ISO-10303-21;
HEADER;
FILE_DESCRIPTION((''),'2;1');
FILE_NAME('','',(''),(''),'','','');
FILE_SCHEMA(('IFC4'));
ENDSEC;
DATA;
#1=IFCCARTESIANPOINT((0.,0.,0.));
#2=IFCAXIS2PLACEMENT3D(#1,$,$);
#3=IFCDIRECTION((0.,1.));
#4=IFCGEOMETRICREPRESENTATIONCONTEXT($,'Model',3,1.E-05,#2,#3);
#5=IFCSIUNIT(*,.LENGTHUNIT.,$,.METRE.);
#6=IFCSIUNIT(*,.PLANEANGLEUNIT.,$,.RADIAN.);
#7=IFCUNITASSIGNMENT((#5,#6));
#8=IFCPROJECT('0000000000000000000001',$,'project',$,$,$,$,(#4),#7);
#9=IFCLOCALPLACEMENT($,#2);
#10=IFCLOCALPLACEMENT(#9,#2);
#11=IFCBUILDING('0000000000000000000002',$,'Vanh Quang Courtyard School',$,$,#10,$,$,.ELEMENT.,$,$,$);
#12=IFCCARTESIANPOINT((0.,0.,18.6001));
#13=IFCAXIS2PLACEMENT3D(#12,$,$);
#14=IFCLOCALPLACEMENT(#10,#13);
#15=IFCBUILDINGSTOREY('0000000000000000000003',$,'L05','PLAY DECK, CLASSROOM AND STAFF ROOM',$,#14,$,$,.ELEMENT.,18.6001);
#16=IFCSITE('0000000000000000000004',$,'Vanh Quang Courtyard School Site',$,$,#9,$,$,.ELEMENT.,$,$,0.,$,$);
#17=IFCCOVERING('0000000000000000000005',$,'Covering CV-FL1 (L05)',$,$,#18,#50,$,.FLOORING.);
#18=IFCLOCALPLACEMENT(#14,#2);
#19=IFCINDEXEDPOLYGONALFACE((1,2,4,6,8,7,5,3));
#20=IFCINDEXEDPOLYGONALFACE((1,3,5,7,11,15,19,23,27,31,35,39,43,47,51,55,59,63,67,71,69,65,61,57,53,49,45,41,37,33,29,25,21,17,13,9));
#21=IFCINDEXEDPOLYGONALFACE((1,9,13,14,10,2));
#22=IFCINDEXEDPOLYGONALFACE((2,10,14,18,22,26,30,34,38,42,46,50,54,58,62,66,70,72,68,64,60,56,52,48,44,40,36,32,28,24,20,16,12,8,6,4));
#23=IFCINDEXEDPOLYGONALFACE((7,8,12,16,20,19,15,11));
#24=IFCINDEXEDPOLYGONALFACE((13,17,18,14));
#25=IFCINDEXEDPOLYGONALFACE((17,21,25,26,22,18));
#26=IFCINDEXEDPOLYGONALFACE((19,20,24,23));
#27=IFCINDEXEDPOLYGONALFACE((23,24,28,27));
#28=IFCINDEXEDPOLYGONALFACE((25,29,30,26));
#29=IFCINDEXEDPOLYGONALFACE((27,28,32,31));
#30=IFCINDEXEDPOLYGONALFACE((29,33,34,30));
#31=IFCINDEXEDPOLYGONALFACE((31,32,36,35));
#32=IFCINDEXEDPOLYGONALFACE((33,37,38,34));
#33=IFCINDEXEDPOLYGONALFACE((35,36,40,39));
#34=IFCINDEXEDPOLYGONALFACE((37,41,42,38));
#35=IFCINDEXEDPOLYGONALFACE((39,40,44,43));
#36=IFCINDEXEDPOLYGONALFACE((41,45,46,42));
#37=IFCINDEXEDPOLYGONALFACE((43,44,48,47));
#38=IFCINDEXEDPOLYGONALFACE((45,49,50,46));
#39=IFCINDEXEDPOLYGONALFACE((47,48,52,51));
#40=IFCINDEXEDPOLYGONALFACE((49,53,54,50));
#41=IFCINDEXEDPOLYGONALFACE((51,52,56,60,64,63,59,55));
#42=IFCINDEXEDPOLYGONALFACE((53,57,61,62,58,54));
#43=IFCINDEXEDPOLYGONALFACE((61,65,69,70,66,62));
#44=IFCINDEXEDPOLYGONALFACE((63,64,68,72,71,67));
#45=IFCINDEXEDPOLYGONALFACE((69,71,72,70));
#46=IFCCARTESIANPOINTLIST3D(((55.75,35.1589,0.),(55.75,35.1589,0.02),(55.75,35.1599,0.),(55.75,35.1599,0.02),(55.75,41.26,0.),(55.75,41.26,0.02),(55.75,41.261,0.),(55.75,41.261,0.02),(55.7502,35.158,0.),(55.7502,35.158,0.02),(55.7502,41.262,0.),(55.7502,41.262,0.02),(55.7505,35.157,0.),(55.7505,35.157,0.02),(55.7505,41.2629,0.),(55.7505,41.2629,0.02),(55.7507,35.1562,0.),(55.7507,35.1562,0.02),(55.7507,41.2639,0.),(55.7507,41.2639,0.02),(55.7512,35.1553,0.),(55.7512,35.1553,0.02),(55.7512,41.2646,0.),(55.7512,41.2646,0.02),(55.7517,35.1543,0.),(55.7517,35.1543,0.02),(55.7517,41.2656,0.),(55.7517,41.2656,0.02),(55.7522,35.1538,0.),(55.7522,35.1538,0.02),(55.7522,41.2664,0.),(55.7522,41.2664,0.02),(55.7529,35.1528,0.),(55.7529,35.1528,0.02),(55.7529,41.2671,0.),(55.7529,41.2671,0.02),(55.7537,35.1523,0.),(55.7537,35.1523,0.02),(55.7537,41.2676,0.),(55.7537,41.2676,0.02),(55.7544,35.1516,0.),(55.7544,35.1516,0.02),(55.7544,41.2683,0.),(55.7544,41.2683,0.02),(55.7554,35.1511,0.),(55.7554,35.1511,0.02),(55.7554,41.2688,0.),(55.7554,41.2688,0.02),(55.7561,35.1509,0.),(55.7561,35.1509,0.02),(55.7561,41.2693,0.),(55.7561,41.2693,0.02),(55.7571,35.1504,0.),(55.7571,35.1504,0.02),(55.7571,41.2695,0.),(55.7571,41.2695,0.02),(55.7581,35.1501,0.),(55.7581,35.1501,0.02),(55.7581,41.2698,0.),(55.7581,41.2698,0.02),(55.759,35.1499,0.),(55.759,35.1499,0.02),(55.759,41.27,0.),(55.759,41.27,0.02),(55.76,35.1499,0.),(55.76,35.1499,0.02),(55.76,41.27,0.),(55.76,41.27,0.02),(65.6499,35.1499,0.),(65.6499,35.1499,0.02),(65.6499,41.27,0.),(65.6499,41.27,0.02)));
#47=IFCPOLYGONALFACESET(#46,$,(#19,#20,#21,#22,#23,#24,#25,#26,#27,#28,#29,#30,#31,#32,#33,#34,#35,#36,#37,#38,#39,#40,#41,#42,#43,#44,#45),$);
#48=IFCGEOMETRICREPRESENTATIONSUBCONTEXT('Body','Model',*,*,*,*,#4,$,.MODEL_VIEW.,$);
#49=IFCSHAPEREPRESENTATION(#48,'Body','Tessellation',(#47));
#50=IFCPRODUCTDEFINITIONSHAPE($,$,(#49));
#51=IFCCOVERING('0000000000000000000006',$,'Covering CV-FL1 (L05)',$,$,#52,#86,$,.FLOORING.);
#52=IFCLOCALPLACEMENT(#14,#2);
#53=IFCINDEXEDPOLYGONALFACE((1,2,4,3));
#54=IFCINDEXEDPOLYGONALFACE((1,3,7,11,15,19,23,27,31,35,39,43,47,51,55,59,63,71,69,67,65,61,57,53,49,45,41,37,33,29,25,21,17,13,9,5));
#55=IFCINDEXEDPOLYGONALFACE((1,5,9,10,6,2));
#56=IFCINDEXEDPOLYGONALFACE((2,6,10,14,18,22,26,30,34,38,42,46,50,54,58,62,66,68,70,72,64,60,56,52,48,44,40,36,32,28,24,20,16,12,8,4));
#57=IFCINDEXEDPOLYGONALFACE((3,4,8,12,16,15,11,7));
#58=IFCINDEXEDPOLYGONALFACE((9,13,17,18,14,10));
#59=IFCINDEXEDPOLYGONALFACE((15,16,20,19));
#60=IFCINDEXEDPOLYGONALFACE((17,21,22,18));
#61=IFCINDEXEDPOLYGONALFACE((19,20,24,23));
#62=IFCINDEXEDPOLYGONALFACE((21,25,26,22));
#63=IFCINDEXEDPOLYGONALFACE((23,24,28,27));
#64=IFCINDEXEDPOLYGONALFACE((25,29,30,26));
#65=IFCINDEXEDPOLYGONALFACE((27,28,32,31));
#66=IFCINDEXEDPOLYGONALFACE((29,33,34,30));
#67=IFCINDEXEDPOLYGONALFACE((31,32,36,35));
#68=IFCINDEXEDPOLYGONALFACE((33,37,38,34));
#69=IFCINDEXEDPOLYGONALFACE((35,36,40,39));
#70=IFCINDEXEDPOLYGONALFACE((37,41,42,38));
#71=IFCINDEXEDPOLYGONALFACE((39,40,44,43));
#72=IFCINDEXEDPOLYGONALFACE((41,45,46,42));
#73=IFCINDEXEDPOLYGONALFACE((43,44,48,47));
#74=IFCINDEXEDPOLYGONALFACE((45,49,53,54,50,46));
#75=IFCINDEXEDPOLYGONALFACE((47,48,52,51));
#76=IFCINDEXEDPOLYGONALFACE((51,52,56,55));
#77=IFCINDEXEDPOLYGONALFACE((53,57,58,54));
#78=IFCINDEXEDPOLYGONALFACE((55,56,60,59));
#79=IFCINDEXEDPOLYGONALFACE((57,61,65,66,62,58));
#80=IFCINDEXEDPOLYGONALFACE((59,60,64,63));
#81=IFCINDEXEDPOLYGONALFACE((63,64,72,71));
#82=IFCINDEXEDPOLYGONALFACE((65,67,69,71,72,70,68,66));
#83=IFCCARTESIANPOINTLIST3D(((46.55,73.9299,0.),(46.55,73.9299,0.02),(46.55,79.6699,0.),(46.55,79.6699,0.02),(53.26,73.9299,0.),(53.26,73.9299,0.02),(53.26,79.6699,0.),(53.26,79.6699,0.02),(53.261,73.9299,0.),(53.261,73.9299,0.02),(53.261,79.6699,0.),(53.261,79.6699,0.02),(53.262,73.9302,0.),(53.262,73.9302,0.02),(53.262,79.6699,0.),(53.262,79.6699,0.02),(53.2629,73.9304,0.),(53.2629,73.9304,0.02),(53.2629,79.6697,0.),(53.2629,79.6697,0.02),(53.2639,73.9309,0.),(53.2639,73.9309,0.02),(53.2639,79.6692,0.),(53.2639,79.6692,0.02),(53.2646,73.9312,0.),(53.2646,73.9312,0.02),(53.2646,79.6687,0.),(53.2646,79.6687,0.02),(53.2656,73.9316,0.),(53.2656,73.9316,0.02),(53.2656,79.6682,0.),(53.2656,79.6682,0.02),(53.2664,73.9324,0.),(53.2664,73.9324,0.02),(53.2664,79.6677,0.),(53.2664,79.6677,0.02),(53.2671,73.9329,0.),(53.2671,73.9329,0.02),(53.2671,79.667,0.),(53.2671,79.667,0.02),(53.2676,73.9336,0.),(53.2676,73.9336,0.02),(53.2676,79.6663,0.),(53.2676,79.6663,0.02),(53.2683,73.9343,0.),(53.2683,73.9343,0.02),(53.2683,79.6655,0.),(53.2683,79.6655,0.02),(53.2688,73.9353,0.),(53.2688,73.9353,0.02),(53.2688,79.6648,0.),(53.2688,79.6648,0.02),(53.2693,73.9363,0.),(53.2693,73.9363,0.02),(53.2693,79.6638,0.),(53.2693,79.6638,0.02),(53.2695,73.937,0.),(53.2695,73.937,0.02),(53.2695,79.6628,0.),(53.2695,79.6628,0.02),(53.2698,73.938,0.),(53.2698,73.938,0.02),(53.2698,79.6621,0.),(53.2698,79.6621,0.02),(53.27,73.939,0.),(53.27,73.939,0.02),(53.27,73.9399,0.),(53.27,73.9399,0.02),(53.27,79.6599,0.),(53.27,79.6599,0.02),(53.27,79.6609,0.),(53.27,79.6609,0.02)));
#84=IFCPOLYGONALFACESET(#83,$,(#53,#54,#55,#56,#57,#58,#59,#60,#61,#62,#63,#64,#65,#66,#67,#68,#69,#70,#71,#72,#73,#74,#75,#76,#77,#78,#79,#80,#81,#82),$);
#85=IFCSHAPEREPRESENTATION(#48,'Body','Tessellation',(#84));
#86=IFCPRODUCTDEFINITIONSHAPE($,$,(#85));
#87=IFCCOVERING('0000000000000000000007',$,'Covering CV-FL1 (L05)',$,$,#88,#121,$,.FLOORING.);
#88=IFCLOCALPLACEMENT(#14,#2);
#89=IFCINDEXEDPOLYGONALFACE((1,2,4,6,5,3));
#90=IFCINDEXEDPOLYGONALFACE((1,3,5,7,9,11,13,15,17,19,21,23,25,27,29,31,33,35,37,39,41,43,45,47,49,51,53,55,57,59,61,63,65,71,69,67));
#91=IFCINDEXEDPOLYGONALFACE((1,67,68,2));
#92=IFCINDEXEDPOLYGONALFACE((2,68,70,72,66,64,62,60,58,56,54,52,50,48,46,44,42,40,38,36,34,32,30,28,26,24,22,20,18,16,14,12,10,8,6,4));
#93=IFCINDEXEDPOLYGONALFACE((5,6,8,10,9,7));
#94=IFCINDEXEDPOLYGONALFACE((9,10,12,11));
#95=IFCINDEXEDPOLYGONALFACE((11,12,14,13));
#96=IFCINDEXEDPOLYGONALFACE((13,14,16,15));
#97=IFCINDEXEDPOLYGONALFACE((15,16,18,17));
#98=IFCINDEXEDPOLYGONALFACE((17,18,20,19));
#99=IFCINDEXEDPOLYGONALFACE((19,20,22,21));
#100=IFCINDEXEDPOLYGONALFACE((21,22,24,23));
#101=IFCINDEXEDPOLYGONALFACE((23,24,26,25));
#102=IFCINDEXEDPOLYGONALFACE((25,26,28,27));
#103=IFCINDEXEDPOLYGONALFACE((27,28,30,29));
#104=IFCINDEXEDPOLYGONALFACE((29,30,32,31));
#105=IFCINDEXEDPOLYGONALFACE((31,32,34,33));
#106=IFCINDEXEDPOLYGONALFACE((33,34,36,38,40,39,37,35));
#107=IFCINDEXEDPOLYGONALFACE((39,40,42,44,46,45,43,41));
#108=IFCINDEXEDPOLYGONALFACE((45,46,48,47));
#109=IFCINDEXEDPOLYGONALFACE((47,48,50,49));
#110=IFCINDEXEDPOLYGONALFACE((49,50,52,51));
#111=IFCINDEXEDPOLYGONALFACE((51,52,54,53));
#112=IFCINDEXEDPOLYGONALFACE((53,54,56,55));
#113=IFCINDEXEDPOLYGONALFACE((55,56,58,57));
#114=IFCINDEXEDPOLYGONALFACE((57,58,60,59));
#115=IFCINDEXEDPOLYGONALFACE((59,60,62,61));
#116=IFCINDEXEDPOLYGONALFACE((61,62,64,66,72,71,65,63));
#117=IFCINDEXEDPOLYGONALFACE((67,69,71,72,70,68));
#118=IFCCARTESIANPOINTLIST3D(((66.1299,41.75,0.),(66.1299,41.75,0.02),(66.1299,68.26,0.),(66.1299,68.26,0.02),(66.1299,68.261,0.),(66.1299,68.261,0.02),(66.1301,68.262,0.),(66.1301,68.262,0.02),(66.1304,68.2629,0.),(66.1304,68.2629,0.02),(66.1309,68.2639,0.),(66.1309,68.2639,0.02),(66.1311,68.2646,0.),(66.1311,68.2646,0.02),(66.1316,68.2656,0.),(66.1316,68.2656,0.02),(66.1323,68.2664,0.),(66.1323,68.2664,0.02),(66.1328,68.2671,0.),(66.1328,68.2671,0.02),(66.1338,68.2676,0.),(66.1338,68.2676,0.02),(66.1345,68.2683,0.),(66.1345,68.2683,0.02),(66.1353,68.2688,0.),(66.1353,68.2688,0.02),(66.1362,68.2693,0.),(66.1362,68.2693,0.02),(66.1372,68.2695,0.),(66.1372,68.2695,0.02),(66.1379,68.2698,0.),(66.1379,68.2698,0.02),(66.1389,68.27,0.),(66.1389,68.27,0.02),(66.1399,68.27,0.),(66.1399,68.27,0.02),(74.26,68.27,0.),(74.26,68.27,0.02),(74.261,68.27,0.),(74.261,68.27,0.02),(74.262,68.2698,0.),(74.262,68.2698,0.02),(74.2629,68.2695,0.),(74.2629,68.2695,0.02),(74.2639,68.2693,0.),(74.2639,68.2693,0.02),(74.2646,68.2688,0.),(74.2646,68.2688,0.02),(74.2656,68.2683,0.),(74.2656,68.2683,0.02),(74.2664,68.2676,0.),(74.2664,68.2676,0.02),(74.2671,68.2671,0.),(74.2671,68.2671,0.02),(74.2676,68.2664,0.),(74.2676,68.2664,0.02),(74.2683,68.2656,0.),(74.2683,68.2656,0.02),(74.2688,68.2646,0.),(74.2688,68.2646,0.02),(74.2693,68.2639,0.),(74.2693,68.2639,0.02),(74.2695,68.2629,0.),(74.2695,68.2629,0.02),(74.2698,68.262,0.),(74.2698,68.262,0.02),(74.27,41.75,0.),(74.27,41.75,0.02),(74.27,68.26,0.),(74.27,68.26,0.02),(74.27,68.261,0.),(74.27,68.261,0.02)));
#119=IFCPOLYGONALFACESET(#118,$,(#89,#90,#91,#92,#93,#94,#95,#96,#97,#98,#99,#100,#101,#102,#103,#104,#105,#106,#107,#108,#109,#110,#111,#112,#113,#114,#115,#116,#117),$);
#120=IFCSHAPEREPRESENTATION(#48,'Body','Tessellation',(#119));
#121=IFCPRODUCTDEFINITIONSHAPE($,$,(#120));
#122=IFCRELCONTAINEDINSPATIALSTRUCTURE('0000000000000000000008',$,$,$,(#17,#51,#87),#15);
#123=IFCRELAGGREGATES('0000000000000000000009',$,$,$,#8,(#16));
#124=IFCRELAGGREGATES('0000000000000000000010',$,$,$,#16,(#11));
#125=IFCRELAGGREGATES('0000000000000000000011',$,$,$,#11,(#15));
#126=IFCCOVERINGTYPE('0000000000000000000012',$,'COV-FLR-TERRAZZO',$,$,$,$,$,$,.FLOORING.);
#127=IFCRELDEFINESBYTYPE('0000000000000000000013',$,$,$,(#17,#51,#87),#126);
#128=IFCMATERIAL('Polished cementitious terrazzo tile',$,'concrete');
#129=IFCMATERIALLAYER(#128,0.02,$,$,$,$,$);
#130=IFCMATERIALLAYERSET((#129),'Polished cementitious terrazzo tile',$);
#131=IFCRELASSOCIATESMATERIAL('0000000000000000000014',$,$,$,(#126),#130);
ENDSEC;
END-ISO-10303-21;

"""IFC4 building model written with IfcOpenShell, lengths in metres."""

from ifc_helpers import new_model, si_unit, direction, frame, origin, place, context, subcontext, project, spatial, polyline, outline, extrude, material, layer, layer_set, type_object, element, save


model = new_model("IFC4")

# Units and contexts
model_context = context("Model", 3, precision=1e-05, world=origin(), true_north=direction((0.0, 1.0)))
body_context = subcontext(model_context, "Body", "Model", "MODEL_VIEW")
ifc_project = project(units=[si_unit("LENGTHUNIT", "METRE"), si_unit("PLANEANGLEUNIT", "RADIAN")], contexts=[model_context])

# Site, building, storey
site_placement = place(None, origin())
site = spatial("IfcSite", under=ifc_project, at=site_placement, Name="Vanh Quang Courtyard School Site", CompositionType="ELEMENT", RefElevation=0.0)
building_placement = place(site_placement, origin())
building = spatial("IfcBuilding", under=site, at=building_placement, Name="Vanh Quang Courtyard School", CompositionType="ELEMENT")
storey_placement = place(building_placement, frame((0.0, 0.0, 18.6001)))
storey = spatial("IfcBuildingStorey", under=building, at=storey_placement, Name="L05", Description="PLAY DECK, CLASSROOM AND STAFF ROOM", CompositionType="ELEMENT", Elevation=18.6001)

# Coverings
ifc_material_1 = material(Name="Polished cementitious terrazzo tile", Category="concrete")
ifc_layer_1 = layer(ifc_material_1, 0.02)
ifc_layer_set_1 = layer_set([ifc_layer_1], Name="Polished cementitious terrazzo tile")
covering_type_1 = type_object("IfcCoveringType", Name="COV-FLR-TERRAZZO", PredefinedType="FLOORING", material=ifc_layer_set_1)
covering_1_placement = place(storey_placement, origin())
element("IfcCovering", 1, at=covering_1_placement, inside=storey, type_object=covering_type_1, Name="Covering CV-FL1 (L05)", PredefinedType="FLOORING", context=body_context, shape_type="SweptSolid", body=[
    extrude(outline(polyline([(55.76, 35.1499), (55.759, 35.1499), (55.7581, 35.1501), (55.7571, 35.1504), (55.7561, 35.1509), (55.7554, 35.1511), (55.7544, 35.1516), (55.7537, 35.1523), (55.7529, 35.1528), (55.7522, 35.1538), (55.7517, 35.1543), (55.7512, 35.1553), (55.7507, 35.1562), (55.7505, 35.157), (55.7502, 35.158), (55.75, 35.1589), (55.75, 35.1599), (55.75, 41.26), (55.75, 41.261), (55.7502, 41.262), (55.7505, 41.2629), (55.7507, 41.2639), (55.7512, 41.2646), (55.7517, 41.2656), (55.7522, 41.2664), (55.7529, 41.2671), (55.7537, 41.2676), (55.7544, 41.2683), (55.7554, 41.2688), (55.7561, 41.2693), (55.7571, 41.2695), (55.7581, 41.2698), (55.759, 41.27), (55.76, 41.27), (65.6499, 41.27), (65.6499, 35.1499), (55.76, 35.1499)])), origin(), (0.0, 0.0, 1.0), 0.02),
])
covering_2_placement = place(storey_placement, origin())
element("IfcCovering", 2, at=covering_2_placement, inside=storey, type_object=covering_type_1, Name="Covering CV-FL1 (L05)", PredefinedType="FLOORING", context=body_context, shape_type="SweptSolid", body=[
    extrude(outline(polyline([(53.27, 73.9399), (53.27, 73.939), (53.2698, 73.938), (53.2695, 73.937), (53.2693, 73.9363), (53.2688, 73.9353), (53.2683, 73.9343), (53.2676, 73.9336), (53.2671, 73.9329), (53.2664, 73.9324), (53.2656, 73.9316), (53.2646, 73.9312), (53.2639, 73.9309), (53.2629, 73.9304), (53.262, 73.9302), (53.261, 73.9299), (53.26, 73.9299), (46.55, 73.9299), (46.55, 79.6699), (53.26, 79.6699), (53.261, 79.6699), (53.262, 79.6699), (53.2629, 79.6697), (53.2639, 79.6692), (53.2646, 79.6687), (53.2656, 79.6682), (53.2664, 79.6677), (53.2671, 79.667), (53.2676, 79.6663), (53.2683, 79.6655), (53.2688, 79.6648), (53.2693, 79.6638), (53.2695, 79.6628), (53.2698, 79.6621), (53.27, 79.6609), (53.27, 79.6599), (53.27, 73.9399)])), origin(), (0.0, 0.0, 1.0), 0.02),
])
covering_3_placement = place(storey_placement, origin())
element("IfcCovering", 3, at=covering_3_placement, inside=storey, type_object=covering_type_1, Name="Covering CV-FL1 (L05)", PredefinedType="FLOORING", context=body_context, shape_type="SweptSolid", body=[
    extrude(outline(polyline([(66.1299, 68.26), (66.1299, 68.261), (66.1301, 68.262), (66.1304, 68.2629), (66.1309, 68.2639), (66.1311, 68.2646), (66.1316, 68.2656), (66.1323, 68.2664), (66.1328, 68.2671), (66.1338, 68.2676), (66.1345, 68.2683), (66.1353, 68.2688), (66.1362, 68.2693), (66.1372, 68.2695), (66.1379, 68.2698), (66.1389, 68.27), (66.1399, 68.27), (74.26, 68.27), (74.261, 68.27), (74.262, 68.2698), (74.2629, 68.2695), (74.2639, 68.2693), (74.2646, 68.2688), (74.2656, 68.2683), (74.2664, 68.2676), (74.2671, 68.2671), (74.2676, 68.2664), (74.2683, 68.2656), (74.2688, 68.2646), (74.2693, 68.2639), (74.2695, 68.2629), (74.2698, 68.262), (74.27, 68.261), (74.27, 68.26), (74.27, 41.75), (66.1299, 41.75), (66.1299, 68.26)])), origin(), (0.0, 0.0, 1.0), 0.02),
])

save(model, "model.ifc")
